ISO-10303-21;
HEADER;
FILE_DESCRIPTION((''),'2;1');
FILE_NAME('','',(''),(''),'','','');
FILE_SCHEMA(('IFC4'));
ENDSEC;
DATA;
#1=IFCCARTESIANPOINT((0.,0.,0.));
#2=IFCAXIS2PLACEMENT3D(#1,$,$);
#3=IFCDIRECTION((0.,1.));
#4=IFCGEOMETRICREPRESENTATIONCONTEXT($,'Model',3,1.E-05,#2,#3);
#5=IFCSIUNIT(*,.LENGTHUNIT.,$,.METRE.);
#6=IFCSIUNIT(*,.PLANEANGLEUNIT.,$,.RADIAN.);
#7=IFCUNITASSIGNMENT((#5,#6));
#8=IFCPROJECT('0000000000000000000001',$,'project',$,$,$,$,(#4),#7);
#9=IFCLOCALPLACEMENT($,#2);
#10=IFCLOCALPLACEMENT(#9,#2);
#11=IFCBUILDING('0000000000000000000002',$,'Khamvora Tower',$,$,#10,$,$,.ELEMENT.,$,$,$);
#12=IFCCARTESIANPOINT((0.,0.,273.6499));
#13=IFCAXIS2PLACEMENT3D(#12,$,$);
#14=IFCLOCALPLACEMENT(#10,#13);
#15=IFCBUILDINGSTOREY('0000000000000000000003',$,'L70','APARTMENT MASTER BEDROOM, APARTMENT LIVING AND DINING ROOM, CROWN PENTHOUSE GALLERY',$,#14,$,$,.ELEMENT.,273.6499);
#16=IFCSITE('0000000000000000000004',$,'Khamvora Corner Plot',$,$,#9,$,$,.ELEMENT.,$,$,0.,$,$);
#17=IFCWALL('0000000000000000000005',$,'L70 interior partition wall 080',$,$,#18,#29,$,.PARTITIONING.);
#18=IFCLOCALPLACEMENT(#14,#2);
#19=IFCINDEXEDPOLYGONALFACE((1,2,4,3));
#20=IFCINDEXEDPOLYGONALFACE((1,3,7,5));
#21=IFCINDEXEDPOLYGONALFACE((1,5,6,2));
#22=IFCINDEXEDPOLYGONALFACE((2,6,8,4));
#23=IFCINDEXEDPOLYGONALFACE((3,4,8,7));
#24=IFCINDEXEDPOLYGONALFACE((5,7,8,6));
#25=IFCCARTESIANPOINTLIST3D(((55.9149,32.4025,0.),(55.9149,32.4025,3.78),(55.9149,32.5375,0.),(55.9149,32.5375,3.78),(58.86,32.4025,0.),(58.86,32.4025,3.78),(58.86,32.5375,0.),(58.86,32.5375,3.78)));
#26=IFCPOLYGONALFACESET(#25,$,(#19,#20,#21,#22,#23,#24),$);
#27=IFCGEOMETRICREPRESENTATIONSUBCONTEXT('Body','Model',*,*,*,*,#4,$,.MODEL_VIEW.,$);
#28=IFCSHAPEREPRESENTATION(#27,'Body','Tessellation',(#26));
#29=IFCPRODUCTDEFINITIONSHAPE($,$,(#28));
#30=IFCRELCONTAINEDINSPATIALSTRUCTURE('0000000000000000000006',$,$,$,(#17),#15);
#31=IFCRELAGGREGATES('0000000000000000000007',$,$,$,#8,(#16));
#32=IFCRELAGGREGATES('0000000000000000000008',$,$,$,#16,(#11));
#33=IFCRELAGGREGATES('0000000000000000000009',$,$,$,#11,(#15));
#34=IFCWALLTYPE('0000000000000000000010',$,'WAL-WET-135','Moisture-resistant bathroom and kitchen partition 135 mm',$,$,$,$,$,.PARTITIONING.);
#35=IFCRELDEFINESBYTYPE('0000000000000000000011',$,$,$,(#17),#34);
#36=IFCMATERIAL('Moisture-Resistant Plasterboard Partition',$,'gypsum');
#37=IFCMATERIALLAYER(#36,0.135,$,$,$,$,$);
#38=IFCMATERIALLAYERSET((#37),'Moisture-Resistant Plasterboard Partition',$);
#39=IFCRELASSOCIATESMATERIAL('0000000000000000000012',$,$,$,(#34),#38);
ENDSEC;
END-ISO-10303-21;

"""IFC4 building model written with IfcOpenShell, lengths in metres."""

from ifc_helpers import new_model, si_unit, direction, frame, frame_2d, origin, place, context, subcontext, project, spatial, rectangle, extrude, material, layer, layer_set, type_object, element, save


model = new_model("IFC4")

# Units and contexts
model_context = context("Model", 3, precision=1e-05, world=origin(), true_north=direction((0.0, 1.0)))
body_context = subcontext(model_context, "Body", "Model", "MODEL_VIEW")
ifc_project = project(units=[si_unit("LENGTHUNIT", "METRE"), si_unit("PLANEANGLEUNIT", "RADIAN")], contexts=[model_context])

# Site, building, storey
site_placement = place(None, origin())
site = spatial("IfcSite", under=ifc_project, at=site_placement, Name="Khamvora Corner Plot", CompositionType="ELEMENT", RefElevation=0.0)
building_placement = place(site_placement, origin())
building = spatial("IfcBuilding", under=site, at=building_placement, Name="Khamvora Tower", CompositionType="ELEMENT")
storey_placement = place(building_placement, frame((0.0, 0.0, 273.6499)))
storey = spatial("IfcBuildingStorey", under=building, at=storey_placement, Name="L70", Description="APARTMENT MASTER BEDROOM, APARTMENT LIVING AND DINING ROOM, CROWN PENTHOUSE GALLERY", CompositionType="ELEMENT", Elevation=273.6499)

# Shared definitions
ifc_material_1 = material(Name="Moisture-Resistant Plasterboard Partition", Category="gypsum")
ifc_layer_1 = layer(ifc_material_1, 0.135)
ifc_layer_set_1 = layer_set([ifc_layer_1], Name="Moisture-Resistant Plasterboard Partition")
wall_type_1 = type_object("IfcWallType", Name="WAL-WET-135", Description="Moisture-resistant bathroom and kitchen partition 135 mm", PredefinedType="PARTITIONING", material=ifc_layer_set_1)

# Wall
wall_1_placement = place(storey_placement, frame((58.8601, 32.47, 0.0), z_axis=(0.0, 0.0, 1.0), x_axis=(-1.0, 0.0, 0.0)))
element("IfcWall", 1, at=wall_1_placement, inside=storey, type_object=wall_type_1, Name="L70 interior partition wall 080", PredefinedType="PARTITIONING", context=body_context, shape_type="SweptSolid", body=[
    extrude(rectangle(XDim=2.9451, YDim=0.135, at=frame_2d((1.4727, 0.0))), origin(), (0.0, 0.0, 1.0), 3.78),
])

save(model, "model.ifc")
